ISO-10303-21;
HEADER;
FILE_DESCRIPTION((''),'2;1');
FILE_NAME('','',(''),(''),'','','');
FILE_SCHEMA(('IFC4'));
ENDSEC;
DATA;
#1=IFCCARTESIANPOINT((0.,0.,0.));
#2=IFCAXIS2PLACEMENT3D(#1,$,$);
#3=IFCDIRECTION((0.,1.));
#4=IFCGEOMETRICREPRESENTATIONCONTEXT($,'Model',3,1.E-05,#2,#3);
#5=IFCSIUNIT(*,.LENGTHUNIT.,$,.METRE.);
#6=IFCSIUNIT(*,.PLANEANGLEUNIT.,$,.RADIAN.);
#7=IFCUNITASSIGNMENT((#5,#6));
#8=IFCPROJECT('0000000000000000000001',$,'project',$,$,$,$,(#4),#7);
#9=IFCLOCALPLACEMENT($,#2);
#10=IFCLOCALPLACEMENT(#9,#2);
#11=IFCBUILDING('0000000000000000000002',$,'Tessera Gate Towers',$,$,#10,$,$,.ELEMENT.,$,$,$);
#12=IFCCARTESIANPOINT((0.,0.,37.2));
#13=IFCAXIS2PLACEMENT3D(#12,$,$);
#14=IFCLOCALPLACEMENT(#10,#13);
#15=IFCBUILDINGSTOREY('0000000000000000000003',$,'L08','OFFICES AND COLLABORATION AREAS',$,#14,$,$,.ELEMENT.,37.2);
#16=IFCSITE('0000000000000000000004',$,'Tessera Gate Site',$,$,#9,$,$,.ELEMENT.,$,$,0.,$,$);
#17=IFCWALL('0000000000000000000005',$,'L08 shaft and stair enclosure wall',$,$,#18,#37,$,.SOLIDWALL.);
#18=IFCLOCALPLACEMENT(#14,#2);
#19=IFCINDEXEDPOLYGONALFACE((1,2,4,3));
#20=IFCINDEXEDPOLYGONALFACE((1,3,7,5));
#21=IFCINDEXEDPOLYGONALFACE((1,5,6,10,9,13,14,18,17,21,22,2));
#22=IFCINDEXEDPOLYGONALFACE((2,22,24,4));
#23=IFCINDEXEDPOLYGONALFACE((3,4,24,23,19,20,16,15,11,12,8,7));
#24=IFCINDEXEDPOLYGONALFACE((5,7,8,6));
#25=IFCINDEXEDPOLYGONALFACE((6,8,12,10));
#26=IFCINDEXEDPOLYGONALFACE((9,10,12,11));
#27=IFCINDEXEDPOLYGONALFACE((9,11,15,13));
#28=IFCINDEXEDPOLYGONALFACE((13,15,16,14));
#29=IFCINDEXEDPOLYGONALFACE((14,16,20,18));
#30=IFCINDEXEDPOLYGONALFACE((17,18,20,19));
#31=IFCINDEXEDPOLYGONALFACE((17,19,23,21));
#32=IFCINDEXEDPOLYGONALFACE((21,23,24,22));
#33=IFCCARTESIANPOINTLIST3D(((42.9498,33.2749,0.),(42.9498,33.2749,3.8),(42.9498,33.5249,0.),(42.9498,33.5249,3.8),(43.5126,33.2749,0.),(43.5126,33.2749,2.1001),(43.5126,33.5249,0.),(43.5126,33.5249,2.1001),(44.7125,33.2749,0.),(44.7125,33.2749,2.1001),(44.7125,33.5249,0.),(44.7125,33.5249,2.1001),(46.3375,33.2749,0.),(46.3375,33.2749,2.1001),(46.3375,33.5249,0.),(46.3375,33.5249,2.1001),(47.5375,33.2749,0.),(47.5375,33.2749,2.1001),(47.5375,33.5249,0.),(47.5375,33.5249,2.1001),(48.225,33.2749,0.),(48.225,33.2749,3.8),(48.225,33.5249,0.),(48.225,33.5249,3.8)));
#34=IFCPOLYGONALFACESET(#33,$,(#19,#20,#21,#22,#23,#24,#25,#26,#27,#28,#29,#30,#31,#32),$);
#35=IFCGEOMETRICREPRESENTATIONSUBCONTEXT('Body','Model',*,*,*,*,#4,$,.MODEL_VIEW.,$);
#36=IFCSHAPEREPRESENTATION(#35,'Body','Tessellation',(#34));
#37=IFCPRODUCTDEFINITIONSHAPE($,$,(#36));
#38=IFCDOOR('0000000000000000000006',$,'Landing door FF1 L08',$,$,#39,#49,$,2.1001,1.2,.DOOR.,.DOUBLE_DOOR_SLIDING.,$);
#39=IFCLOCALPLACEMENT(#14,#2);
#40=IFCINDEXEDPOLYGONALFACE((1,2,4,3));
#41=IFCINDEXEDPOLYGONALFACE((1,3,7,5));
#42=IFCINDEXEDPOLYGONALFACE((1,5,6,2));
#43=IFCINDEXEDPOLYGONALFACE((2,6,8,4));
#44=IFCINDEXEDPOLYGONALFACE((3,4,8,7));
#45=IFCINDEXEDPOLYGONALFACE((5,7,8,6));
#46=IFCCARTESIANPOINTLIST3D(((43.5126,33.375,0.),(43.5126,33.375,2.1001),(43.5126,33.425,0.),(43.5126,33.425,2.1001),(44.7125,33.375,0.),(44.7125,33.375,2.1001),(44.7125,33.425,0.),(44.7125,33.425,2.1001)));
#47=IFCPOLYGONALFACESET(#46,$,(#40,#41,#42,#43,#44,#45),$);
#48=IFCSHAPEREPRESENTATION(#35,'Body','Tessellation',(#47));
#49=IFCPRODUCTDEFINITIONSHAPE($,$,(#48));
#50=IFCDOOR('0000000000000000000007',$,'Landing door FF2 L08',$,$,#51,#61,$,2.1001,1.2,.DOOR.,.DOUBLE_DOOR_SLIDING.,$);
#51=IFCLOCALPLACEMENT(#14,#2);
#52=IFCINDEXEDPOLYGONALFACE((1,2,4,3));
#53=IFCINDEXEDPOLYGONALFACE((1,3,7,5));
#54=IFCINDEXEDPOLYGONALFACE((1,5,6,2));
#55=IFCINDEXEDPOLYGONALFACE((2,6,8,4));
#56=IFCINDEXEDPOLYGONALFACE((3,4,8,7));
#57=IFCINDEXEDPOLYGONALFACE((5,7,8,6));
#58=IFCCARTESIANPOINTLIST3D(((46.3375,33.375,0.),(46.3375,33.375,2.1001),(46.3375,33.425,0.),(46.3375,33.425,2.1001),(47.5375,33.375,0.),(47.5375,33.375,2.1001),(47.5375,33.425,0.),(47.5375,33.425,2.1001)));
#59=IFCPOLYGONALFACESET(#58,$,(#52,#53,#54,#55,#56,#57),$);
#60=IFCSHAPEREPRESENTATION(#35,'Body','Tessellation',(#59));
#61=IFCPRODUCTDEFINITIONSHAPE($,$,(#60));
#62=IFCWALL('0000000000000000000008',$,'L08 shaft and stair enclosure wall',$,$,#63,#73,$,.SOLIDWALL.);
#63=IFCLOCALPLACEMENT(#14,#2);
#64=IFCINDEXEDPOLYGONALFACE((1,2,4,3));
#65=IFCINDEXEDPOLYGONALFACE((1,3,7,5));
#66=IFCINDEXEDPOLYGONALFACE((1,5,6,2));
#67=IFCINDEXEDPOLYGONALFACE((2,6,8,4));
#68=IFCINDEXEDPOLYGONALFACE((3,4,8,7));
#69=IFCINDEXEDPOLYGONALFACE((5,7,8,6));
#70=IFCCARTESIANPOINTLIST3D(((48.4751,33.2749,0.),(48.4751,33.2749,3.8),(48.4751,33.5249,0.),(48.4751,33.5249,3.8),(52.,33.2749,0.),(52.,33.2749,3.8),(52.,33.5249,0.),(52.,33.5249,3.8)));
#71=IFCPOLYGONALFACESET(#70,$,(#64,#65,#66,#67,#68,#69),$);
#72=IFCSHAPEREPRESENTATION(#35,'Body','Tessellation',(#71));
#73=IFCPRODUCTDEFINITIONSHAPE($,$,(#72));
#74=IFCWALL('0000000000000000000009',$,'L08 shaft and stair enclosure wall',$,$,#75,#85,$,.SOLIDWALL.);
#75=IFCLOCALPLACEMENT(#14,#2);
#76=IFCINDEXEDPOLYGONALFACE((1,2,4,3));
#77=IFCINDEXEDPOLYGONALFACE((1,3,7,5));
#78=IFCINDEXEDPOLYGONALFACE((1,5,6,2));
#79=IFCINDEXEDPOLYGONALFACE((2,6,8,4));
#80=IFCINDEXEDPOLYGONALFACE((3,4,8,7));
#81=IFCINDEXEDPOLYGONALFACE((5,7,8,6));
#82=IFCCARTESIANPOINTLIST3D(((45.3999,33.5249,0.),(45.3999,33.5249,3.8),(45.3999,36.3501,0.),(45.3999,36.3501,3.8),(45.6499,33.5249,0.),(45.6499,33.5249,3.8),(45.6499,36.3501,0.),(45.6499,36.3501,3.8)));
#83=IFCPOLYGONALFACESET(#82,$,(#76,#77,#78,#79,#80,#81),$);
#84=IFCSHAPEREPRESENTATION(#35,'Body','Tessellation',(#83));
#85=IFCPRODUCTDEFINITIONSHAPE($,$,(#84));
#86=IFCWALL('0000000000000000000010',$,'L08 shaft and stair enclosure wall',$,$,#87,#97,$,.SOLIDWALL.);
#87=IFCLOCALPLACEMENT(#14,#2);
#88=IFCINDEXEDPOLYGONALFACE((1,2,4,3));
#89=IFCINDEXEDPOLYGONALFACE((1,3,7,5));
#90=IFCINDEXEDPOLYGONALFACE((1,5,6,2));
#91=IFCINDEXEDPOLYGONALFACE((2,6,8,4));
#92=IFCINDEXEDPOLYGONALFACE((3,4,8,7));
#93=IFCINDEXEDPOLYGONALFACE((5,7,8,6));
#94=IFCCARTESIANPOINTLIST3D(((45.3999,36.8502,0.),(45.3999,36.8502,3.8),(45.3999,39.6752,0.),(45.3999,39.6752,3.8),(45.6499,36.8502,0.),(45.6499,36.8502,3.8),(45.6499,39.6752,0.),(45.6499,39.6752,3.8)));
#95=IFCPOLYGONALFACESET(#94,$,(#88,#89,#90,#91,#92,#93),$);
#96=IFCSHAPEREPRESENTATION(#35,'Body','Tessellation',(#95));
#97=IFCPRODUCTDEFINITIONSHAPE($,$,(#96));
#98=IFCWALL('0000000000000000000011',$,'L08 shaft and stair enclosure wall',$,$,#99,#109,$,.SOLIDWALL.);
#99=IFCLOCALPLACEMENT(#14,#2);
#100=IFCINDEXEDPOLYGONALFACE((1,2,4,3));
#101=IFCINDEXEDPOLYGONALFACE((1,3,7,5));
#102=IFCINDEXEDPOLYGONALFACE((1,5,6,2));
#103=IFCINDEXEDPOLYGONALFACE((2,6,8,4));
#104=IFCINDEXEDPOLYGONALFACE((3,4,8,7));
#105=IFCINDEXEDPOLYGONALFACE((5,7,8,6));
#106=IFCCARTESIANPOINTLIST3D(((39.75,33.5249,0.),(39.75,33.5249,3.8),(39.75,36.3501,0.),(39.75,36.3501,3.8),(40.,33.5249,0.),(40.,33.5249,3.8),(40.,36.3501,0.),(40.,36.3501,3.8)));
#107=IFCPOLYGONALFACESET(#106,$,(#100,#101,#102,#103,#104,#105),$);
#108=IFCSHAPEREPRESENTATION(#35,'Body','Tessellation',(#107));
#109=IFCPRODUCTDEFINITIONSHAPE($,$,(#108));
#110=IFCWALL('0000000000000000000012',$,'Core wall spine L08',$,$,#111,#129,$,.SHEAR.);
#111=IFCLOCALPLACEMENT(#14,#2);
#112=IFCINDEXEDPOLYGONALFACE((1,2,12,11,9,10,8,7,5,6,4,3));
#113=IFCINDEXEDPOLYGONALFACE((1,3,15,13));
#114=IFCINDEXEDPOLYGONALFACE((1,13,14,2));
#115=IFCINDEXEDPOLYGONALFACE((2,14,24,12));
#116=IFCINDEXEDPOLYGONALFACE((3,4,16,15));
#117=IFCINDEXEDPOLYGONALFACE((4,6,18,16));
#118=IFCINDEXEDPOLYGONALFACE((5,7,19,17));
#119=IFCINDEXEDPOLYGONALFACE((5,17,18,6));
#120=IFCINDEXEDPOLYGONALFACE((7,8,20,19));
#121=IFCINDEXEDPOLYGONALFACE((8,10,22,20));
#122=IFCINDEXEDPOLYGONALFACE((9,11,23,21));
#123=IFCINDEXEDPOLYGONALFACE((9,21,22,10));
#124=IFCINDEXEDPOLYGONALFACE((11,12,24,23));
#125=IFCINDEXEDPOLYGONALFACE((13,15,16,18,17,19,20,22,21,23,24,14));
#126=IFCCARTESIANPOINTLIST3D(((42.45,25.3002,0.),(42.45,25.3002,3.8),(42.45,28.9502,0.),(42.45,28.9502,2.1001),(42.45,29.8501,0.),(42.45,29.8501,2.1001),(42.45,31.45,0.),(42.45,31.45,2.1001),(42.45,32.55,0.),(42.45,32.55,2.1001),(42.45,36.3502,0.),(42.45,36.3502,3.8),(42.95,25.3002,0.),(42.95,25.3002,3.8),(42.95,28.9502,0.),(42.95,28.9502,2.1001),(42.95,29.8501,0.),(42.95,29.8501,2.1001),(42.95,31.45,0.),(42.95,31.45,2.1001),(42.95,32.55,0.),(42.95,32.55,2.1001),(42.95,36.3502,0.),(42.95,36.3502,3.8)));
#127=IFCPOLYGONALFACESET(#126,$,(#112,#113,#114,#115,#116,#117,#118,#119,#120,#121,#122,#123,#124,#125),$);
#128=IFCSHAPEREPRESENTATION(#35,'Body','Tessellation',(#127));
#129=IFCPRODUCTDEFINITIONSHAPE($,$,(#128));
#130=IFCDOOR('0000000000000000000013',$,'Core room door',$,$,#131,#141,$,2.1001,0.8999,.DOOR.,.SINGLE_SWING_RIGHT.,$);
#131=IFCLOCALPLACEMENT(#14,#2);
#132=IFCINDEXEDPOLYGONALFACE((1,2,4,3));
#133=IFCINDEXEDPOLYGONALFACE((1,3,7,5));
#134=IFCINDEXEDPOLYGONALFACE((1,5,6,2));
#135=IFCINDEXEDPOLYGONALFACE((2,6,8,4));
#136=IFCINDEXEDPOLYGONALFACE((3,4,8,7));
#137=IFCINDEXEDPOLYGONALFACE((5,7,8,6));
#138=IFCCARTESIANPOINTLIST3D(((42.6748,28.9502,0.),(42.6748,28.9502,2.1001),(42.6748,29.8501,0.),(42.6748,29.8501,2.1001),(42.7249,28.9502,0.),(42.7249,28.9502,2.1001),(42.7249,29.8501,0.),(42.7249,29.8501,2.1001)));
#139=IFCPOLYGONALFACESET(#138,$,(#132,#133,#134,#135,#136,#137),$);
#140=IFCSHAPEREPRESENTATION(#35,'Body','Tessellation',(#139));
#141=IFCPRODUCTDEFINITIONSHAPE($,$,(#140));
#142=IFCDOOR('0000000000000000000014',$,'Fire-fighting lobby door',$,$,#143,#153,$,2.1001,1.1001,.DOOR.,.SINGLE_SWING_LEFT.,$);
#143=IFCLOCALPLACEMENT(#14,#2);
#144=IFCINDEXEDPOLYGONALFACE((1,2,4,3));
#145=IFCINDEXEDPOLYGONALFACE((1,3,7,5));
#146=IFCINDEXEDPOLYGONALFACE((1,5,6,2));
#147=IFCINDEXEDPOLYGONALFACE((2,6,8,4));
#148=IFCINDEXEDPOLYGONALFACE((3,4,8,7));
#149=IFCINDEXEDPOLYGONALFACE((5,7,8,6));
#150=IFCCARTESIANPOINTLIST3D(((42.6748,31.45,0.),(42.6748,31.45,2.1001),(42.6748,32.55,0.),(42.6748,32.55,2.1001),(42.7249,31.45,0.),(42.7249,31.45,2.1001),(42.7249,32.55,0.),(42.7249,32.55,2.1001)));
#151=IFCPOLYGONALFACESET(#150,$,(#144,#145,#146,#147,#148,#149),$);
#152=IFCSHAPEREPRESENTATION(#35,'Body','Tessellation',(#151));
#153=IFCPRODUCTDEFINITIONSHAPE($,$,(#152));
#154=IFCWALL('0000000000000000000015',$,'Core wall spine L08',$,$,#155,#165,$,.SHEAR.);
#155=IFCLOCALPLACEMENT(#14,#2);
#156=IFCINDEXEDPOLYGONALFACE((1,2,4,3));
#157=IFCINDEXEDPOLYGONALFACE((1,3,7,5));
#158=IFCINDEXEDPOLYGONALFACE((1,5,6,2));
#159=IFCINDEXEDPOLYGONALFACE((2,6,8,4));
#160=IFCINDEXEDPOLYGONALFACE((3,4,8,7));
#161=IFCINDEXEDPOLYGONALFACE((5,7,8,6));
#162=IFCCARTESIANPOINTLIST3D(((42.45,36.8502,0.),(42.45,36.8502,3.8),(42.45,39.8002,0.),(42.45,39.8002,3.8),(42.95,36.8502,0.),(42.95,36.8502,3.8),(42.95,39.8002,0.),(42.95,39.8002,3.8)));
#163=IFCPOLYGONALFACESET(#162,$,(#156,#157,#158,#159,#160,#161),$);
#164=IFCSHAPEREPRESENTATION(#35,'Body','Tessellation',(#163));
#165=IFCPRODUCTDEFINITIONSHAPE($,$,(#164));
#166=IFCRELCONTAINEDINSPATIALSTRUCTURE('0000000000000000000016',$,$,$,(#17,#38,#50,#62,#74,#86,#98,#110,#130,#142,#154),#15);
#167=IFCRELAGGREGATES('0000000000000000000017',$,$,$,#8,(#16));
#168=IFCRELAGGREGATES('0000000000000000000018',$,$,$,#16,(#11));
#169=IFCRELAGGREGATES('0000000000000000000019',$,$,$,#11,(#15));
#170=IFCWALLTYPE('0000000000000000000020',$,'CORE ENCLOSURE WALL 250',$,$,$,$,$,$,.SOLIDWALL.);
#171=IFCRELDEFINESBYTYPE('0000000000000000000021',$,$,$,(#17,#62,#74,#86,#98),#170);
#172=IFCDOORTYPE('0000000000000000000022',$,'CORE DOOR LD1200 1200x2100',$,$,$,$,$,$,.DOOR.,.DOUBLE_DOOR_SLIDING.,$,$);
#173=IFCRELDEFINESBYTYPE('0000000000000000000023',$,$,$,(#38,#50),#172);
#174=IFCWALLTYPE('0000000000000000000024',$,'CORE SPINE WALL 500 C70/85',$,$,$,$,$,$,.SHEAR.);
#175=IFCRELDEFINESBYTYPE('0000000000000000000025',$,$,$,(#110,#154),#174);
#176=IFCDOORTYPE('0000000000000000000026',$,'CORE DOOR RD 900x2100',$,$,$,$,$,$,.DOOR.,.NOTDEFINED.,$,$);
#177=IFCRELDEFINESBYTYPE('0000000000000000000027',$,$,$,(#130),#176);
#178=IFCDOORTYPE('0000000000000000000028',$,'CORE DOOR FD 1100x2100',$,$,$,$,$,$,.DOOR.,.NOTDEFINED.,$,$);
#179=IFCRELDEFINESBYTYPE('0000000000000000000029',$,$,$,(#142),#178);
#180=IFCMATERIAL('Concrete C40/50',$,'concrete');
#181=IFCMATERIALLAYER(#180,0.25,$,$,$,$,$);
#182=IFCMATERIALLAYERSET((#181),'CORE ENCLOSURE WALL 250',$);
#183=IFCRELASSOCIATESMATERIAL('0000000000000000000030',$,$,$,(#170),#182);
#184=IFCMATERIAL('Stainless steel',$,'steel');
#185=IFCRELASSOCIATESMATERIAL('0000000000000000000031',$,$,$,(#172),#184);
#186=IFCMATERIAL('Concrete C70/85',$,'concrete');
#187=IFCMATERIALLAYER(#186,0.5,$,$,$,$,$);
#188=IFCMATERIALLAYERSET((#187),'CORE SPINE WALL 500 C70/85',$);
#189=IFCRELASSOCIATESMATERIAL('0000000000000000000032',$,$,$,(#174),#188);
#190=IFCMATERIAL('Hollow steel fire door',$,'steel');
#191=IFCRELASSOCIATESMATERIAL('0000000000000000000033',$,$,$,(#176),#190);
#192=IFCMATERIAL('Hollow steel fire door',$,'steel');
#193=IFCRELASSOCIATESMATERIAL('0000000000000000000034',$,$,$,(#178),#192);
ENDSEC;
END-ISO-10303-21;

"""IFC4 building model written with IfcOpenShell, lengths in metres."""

from ifc_helpers import new_model, si_unit, direction, frame, frame_2d, origin, place, context, subcontext, project, spatial, rectangle, extrude, source, transform, mapped, material, layer, layer_set, type_object, element, fill, save


model = new_model("IFC4")

# Units and contexts
model_context = context("Model", 3, precision=1e-05, world=origin(), true_north=direction((0.0, 1.0)))
body_context = subcontext(model_context, "Body", "Model", "MODEL_VIEW")
ifc_project = project(units=[si_unit("LENGTHUNIT", "METRE"), si_unit("PLANEANGLEUNIT", "RADIAN")], contexts=[model_context])

# Site, building, storey
site_placement = place(None, origin())
site = spatial("IfcSite", under=ifc_project, at=site_placement, Name="Tessera Gate Site", CompositionType="ELEMENT", RefElevation=0.0)
building_placement = place(site_placement, origin())
building = spatial("IfcBuilding", under=site, at=building_placement, Name="Tessera Gate Towers", CompositionType="ELEMENT")
storey_placement = place(building_placement, frame((0.0, 0.0, 37.2)))
storey = spatial("IfcBuildingStorey", under=building, at=storey_placement, Name="L08", Description="OFFICES AND COLLABORATION AREAS", CompositionType="ELEMENT", Elevation=37.2)

# Shared definitions
ifc_material_1 = material(Name="Concrete C40/50", Category="concrete")
ifc_layer_1 = layer(ifc_material_1, 0.25)
ifc_layer_set_1 = layer_set([ifc_layer_1], Name="CORE ENCLOSURE WALL 250")
wall_type_1 = type_object("IfcWallType", Name="CORE ENCLOSURE WALL 250", PredefinedType="SOLIDWALL", material=ifc_layer_set_1)
shared_shape_1 = source(origin(), body_context, "Body", "SweptSolid", [
    extrude(rectangle(XDim=1.2, YDim=2.1001, at=frame_2d((0.6001, 1.05))), frame((0.0, 0.135, 0.0), z_axis=(0.0, -1.0, 0.0), x_axis=(1.0, 0.0, 0.0)), (0.0, 0.0, 1.0), 0.27),
])
shared_shape_2 = source(origin(), body_context, "Body", "SweptSolid", [
    extrude(rectangle(XDim=1.2, YDim=2.1001, at=frame_2d((0.6001, 1.05))), frame((0.0, 0.0249, 0.0), z_axis=(0.0, -1.0, 0.0), x_axis=(1.0, 0.0, 0.0)), (0.0, 0.0, 1.0), 0.05),
])

# Wall, openings, doors
shared_shape_3 = source(origin(), body_context, "Body", "SweptSolid", [
    extrude(rectangle(XDim=1.1001, YDim=2.1001, at=frame_2d((0.55, 1.05))), frame((0.0, 0.0249, 0.0), z_axis=(0.0, -1.0, 0.0), x_axis=(1.0, 0.0, 0.0)), (0.0, 0.0, 1.0), 0.05),
])
wall_1_placement = place(storey_placement, frame((48.2251, 33.3999, 0.0), z_axis=(0.0, 0.0, 1.0), x_axis=(-1.0, 0.0, 0.0)))
wall_1 = element("IfcWall", 1, at=wall_1_placement, inside=storey, type_object=wall_type_1, Name="L08 shaft and stair enclosure wall", PredefinedType="SOLIDWALL", context=body_context, shape_type="SweptSolid", body=[
    extrude(rectangle(XDim=5.2751, YDim=0.25, at=frame_2d((2.6377, 0.0))), origin(), (0.0, 0.0, 1.0), 3.8),
])
opening_1_placement = place(wall_1_placement, frame((3.5125, 0.0, 0.0)))
opening_1 = element("IfcOpeningElement", 2, at=opening_1_placement, cuts=wall_1, PredefinedType="OPENING", context=body_context, shape_type="MappedRepresentation", body=[
    mapped(shared_shape_1, transform((0.0, 0.0, 0.0), scale=1.0)),
])
opening_2_placement = place(wall_1_placement, frame((0.6875, 0.0, 0.0)))
opening_2 = element("IfcOpeningElement", 3, at=opening_2_placement, cuts=wall_1, PredefinedType="OPENING", context=body_context, shape_type="MappedRepresentation", body=[
    mapped(shared_shape_1, transform((0.0, 0.0, 0.0), scale=1.0)),
])
ifc_material_2 = material(Name="Stainless steel", Category="steel")
door_type_1 = type_object("IfcDoorType", Name="CORE DOOR LD1200 1200x2100", OperationType="DOUBLE_DOOR_SLIDING", PredefinedType="DOOR", material=ifc_material_2)
door_1_placement = place(opening_1_placement, origin())
door_1 = element("IfcDoor", 4, at=door_1_placement, inside=storey, type_object=door_type_1, Name="Landing door FF1 L08", OperationType="DOUBLE_DOOR_SLIDING", OverallHeight=2.1001, OverallWidth=1.2, PredefinedType="DOOR", context=body_context, shape_type="MappedRepresentation", body=[
    mapped(shared_shape_2, transform((0.0, 0.0, 0.0), scale=1.0)),
])
fill(opening_1, door_1)
door_2_placement = place(opening_2_placement, origin())
door_2 = element("IfcDoor", 5, at=door_2_placement, inside=storey, type_object=door_type_1, Name="Landing door FF2 L08", OperationType="DOUBLE_DOOR_SLIDING", OverallHeight=2.1001, OverallWidth=1.2, PredefinedType="DOOR", context=body_context, shape_type="MappedRepresentation", body=[
    mapped(shared_shape_2, transform((0.0, 0.0, 0.0), scale=1.0)),
])
fill(opening_2, door_2)

# Walls
wall_2_placement = place(storey_placement, frame((48.4751, 33.3999, 0.0), z_axis=(0.0, 0.0, 1.0), x_axis=(1.0, 0.0, 0.0)))
element("IfcWall", 6, at=wall_2_placement, inside=storey, type_object=wall_type_1, Name="L08 shaft and stair enclosure wall", PredefinedType="SOLIDWALL", context=body_context, shape_type="SweptSolid", body=[
    extrude(rectangle(XDim=3.5249, YDim=0.25, at=frame_2d((1.7625, 0.0))), origin(), (0.0, 0.0, 1.0), 3.8),
])
wall_3_placement = place(storey_placement, frame((45.5249, 33.5249, 0.0), z_axis=(0.0, 0.0, 1.0), x_axis=(0.0, 1.0, 0.0)))
element("IfcWall", 7, at=wall_3_placement, inside=storey, type_object=wall_type_1, Name="L08 shaft and stair enclosure wall", PredefinedType="SOLIDWALL", context=body_context, shape_type="SweptSolid", body=[
    extrude(rectangle(XDim=2.8252, YDim=0.25, at=frame_2d((1.4126, 0.0))), origin(), (0.0, 0.0, 1.0), 3.8),
])
wall_4_placement = place(storey_placement, frame((45.5249, 36.8501, 0.0), z_axis=(0.0, 0.0, 1.0), x_axis=(0.0, 1.0, 0.0)))
element("IfcWall", 8, at=wall_4_placement, inside=storey, type_object=wall_type_1, Name="L08 shaft and stair enclosure wall", PredefinedType="SOLIDWALL", context=body_context, shape_type="SweptSolid", body=[
    extrude(rectangle(XDim=2.825, YDim=0.25, at=frame_2d((1.4126, 0.0))), origin(), (0.0, 0.0, 1.0), 3.8),
])
wall_5_placement = place(storey_placement, frame((39.875, 33.5249, 0.0), z_axis=(0.0, 0.0, 1.0), x_axis=(0.0, 1.0, 0.0)))
element("IfcWall", 9, at=wall_5_placement, inside=storey, type_object=wall_type_1, Name="L08 shaft and stair enclosure wall", PredefinedType="SOLIDWALL", context=body_context, shape_type="SweptSolid", body=[
    extrude(rectangle(XDim=2.8252, YDim=0.25, at=frame_2d((1.4126, 0.0))), origin(), (0.0, 0.0, 1.0), 3.8),
])

# Wall, openings, doors
ifc_material_3 = material(Name="Concrete C70/85", Category="concrete")
ifc_layer_2 = layer(ifc_material_3, 0.5)
ifc_layer_set_2 = layer_set([ifc_layer_2], Name="CORE SPINE WALL 500 C70/85")
wall_type_2 = type_object("IfcWallType", Name="CORE SPINE WALL 500 C70/85", PredefinedType="SHEAR", material=ifc_layer_set_2)
wall_6_placement = place(storey_placement, frame((42.7, 36.3501, 0.0), z_axis=(0.0, 0.0, 1.0), x_axis=(0.0, -1.0, 0.0)))
wall_6 = element("IfcWall", 10, at=wall_6_placement, inside=storey, type_object=wall_type_2, Name="Core wall spine L08", PredefinedType="SHEAR", context=body_context, shape_type="SweptSolid", body=[
    extrude(rectangle(XDim=11.05, YDim=0.5, at=frame_2d((5.5249, 0.0))), origin(), (0.0, 0.0, 1.0), 3.8),
])
shared_shape_4 = source(origin(), body_context, "Body", "SweptSolid", [
    extrude(rectangle(XDim=0.8999, YDim=2.1001, at=frame_2d((0.45, 1.05))), frame((0.0, 0.26, 0.0), z_axis=(0.0, -1.0, 0.0), x_axis=(1.0, 0.0, 0.0)), (0.0, 0.0, 1.0), 0.52),
])
opening_3_placement = place(wall_6_placement, frame((6.5, 0.0, 0.0)))
opening_3 = element("IfcOpeningElement", 11, at=opening_3_placement, cuts=wall_6, PredefinedType="OPENING", context=body_context, shape_type="MappedRepresentation", body=[
    mapped(shared_shape_4, transform((0.0, 0.0, 0.0), scale=1.0)),
])
shared_shape_5 = source(origin(), body_context, "Body", "SweptSolid", [
    extrude(rectangle(XDim=1.1001, YDim=2.1001, at=frame_2d((0.55, 1.05))), frame((0.0, 0.26, 0.0), z_axis=(0.0, -1.0, 0.0), x_axis=(1.0, 0.0, 0.0)), (0.0, 0.0, 1.0), 0.52),
])
opening_4_placement = place(wall_6_placement, frame((3.8, 0.0, 0.0)))
opening_4 = element("IfcOpeningElement", 12, at=opening_4_placement, cuts=wall_6, PredefinedType="OPENING", context=body_context, shape_type="MappedRepresentation", body=[
    mapped(shared_shape_5, transform((0.0, 0.0, 0.0), scale=1.0)),
])
ifc_material_4 = material(Name="Hollow steel fire door", Category="steel")
door_type_2 = type_object("IfcDoorType", Name="CORE DOOR RD 900x2100", OperationType="NOTDEFINED", PredefinedType="DOOR", material=ifc_material_4)
shared_shape_6 = source(origin(), body_context, "Body", "SweptSolid", [
    extrude(rectangle(XDim=0.8999, YDim=2.1001, at=frame_2d((0.45, 1.05))), frame((0.0, 0.0249, 0.0), z_axis=(0.0, -1.0, 0.0), x_axis=(1.0, 0.0, 0.0)), (0.0, 0.0, 1.0), 0.05),
])
door_3_placement = place(opening_3_placement, origin())
door_3 = element("IfcDoor", 13, at=door_3_placement, inside=storey, type_object=door_type_2, Name="Core room door", OperationType="SINGLE_SWING_RIGHT", OverallHeight=2.1001, OverallWidth=0.8999, PredefinedType="DOOR", context=body_context, shape_type="MappedRepresentation", body=[
    mapped(shared_shape_6, transform((0.0, 0.0, 0.0), scale=1.0)),
])
fill(opening_3, door_3)
ifc_material_5 = material(Name="Hollow steel fire door", Category="steel")
door_type_3 = type_object("IfcDoorType", Name="CORE DOOR FD 1100x2100", OperationType="NOTDEFINED", PredefinedType="DOOR", material=ifc_material_5)
door_4_placement = place(opening_4_placement, origin())
door_4 = element("IfcDoor", 14, at=door_4_placement, inside=storey, type_object=door_type_3, Name="Fire-fighting lobby door", OperationType="SINGLE_SWING_LEFT", OverallHeight=2.1001, OverallWidth=1.1001, PredefinedType="DOOR", context=body_context, shape_type="MappedRepresentation", body=[
    mapped(shared_shape_3, transform((0.0, 0.0, 0.0), scale=1.0)),
])
fill(opening_4, door_4)

# Wall
wall_7_placement = place(storey_placement, frame((42.7, 36.8501, 0.0), z_axis=(0.0, 0.0, 1.0), x_axis=(0.0, 1.0, 0.0)))
element("IfcWall", 15, at=wall_7_placement, inside=storey, type_object=wall_type_2, Name="Core wall spine L08", PredefinedType="SHEAR", context=body_context, shape_type="SweptSolid", body=[
    extrude(rectangle(XDim=2.95, YDim=0.5, at=frame_2d((1.4751, 0.0))), origin(), (0.0, 0.0, 1.0), 3.8),
])

save(model, "model.ifc")
